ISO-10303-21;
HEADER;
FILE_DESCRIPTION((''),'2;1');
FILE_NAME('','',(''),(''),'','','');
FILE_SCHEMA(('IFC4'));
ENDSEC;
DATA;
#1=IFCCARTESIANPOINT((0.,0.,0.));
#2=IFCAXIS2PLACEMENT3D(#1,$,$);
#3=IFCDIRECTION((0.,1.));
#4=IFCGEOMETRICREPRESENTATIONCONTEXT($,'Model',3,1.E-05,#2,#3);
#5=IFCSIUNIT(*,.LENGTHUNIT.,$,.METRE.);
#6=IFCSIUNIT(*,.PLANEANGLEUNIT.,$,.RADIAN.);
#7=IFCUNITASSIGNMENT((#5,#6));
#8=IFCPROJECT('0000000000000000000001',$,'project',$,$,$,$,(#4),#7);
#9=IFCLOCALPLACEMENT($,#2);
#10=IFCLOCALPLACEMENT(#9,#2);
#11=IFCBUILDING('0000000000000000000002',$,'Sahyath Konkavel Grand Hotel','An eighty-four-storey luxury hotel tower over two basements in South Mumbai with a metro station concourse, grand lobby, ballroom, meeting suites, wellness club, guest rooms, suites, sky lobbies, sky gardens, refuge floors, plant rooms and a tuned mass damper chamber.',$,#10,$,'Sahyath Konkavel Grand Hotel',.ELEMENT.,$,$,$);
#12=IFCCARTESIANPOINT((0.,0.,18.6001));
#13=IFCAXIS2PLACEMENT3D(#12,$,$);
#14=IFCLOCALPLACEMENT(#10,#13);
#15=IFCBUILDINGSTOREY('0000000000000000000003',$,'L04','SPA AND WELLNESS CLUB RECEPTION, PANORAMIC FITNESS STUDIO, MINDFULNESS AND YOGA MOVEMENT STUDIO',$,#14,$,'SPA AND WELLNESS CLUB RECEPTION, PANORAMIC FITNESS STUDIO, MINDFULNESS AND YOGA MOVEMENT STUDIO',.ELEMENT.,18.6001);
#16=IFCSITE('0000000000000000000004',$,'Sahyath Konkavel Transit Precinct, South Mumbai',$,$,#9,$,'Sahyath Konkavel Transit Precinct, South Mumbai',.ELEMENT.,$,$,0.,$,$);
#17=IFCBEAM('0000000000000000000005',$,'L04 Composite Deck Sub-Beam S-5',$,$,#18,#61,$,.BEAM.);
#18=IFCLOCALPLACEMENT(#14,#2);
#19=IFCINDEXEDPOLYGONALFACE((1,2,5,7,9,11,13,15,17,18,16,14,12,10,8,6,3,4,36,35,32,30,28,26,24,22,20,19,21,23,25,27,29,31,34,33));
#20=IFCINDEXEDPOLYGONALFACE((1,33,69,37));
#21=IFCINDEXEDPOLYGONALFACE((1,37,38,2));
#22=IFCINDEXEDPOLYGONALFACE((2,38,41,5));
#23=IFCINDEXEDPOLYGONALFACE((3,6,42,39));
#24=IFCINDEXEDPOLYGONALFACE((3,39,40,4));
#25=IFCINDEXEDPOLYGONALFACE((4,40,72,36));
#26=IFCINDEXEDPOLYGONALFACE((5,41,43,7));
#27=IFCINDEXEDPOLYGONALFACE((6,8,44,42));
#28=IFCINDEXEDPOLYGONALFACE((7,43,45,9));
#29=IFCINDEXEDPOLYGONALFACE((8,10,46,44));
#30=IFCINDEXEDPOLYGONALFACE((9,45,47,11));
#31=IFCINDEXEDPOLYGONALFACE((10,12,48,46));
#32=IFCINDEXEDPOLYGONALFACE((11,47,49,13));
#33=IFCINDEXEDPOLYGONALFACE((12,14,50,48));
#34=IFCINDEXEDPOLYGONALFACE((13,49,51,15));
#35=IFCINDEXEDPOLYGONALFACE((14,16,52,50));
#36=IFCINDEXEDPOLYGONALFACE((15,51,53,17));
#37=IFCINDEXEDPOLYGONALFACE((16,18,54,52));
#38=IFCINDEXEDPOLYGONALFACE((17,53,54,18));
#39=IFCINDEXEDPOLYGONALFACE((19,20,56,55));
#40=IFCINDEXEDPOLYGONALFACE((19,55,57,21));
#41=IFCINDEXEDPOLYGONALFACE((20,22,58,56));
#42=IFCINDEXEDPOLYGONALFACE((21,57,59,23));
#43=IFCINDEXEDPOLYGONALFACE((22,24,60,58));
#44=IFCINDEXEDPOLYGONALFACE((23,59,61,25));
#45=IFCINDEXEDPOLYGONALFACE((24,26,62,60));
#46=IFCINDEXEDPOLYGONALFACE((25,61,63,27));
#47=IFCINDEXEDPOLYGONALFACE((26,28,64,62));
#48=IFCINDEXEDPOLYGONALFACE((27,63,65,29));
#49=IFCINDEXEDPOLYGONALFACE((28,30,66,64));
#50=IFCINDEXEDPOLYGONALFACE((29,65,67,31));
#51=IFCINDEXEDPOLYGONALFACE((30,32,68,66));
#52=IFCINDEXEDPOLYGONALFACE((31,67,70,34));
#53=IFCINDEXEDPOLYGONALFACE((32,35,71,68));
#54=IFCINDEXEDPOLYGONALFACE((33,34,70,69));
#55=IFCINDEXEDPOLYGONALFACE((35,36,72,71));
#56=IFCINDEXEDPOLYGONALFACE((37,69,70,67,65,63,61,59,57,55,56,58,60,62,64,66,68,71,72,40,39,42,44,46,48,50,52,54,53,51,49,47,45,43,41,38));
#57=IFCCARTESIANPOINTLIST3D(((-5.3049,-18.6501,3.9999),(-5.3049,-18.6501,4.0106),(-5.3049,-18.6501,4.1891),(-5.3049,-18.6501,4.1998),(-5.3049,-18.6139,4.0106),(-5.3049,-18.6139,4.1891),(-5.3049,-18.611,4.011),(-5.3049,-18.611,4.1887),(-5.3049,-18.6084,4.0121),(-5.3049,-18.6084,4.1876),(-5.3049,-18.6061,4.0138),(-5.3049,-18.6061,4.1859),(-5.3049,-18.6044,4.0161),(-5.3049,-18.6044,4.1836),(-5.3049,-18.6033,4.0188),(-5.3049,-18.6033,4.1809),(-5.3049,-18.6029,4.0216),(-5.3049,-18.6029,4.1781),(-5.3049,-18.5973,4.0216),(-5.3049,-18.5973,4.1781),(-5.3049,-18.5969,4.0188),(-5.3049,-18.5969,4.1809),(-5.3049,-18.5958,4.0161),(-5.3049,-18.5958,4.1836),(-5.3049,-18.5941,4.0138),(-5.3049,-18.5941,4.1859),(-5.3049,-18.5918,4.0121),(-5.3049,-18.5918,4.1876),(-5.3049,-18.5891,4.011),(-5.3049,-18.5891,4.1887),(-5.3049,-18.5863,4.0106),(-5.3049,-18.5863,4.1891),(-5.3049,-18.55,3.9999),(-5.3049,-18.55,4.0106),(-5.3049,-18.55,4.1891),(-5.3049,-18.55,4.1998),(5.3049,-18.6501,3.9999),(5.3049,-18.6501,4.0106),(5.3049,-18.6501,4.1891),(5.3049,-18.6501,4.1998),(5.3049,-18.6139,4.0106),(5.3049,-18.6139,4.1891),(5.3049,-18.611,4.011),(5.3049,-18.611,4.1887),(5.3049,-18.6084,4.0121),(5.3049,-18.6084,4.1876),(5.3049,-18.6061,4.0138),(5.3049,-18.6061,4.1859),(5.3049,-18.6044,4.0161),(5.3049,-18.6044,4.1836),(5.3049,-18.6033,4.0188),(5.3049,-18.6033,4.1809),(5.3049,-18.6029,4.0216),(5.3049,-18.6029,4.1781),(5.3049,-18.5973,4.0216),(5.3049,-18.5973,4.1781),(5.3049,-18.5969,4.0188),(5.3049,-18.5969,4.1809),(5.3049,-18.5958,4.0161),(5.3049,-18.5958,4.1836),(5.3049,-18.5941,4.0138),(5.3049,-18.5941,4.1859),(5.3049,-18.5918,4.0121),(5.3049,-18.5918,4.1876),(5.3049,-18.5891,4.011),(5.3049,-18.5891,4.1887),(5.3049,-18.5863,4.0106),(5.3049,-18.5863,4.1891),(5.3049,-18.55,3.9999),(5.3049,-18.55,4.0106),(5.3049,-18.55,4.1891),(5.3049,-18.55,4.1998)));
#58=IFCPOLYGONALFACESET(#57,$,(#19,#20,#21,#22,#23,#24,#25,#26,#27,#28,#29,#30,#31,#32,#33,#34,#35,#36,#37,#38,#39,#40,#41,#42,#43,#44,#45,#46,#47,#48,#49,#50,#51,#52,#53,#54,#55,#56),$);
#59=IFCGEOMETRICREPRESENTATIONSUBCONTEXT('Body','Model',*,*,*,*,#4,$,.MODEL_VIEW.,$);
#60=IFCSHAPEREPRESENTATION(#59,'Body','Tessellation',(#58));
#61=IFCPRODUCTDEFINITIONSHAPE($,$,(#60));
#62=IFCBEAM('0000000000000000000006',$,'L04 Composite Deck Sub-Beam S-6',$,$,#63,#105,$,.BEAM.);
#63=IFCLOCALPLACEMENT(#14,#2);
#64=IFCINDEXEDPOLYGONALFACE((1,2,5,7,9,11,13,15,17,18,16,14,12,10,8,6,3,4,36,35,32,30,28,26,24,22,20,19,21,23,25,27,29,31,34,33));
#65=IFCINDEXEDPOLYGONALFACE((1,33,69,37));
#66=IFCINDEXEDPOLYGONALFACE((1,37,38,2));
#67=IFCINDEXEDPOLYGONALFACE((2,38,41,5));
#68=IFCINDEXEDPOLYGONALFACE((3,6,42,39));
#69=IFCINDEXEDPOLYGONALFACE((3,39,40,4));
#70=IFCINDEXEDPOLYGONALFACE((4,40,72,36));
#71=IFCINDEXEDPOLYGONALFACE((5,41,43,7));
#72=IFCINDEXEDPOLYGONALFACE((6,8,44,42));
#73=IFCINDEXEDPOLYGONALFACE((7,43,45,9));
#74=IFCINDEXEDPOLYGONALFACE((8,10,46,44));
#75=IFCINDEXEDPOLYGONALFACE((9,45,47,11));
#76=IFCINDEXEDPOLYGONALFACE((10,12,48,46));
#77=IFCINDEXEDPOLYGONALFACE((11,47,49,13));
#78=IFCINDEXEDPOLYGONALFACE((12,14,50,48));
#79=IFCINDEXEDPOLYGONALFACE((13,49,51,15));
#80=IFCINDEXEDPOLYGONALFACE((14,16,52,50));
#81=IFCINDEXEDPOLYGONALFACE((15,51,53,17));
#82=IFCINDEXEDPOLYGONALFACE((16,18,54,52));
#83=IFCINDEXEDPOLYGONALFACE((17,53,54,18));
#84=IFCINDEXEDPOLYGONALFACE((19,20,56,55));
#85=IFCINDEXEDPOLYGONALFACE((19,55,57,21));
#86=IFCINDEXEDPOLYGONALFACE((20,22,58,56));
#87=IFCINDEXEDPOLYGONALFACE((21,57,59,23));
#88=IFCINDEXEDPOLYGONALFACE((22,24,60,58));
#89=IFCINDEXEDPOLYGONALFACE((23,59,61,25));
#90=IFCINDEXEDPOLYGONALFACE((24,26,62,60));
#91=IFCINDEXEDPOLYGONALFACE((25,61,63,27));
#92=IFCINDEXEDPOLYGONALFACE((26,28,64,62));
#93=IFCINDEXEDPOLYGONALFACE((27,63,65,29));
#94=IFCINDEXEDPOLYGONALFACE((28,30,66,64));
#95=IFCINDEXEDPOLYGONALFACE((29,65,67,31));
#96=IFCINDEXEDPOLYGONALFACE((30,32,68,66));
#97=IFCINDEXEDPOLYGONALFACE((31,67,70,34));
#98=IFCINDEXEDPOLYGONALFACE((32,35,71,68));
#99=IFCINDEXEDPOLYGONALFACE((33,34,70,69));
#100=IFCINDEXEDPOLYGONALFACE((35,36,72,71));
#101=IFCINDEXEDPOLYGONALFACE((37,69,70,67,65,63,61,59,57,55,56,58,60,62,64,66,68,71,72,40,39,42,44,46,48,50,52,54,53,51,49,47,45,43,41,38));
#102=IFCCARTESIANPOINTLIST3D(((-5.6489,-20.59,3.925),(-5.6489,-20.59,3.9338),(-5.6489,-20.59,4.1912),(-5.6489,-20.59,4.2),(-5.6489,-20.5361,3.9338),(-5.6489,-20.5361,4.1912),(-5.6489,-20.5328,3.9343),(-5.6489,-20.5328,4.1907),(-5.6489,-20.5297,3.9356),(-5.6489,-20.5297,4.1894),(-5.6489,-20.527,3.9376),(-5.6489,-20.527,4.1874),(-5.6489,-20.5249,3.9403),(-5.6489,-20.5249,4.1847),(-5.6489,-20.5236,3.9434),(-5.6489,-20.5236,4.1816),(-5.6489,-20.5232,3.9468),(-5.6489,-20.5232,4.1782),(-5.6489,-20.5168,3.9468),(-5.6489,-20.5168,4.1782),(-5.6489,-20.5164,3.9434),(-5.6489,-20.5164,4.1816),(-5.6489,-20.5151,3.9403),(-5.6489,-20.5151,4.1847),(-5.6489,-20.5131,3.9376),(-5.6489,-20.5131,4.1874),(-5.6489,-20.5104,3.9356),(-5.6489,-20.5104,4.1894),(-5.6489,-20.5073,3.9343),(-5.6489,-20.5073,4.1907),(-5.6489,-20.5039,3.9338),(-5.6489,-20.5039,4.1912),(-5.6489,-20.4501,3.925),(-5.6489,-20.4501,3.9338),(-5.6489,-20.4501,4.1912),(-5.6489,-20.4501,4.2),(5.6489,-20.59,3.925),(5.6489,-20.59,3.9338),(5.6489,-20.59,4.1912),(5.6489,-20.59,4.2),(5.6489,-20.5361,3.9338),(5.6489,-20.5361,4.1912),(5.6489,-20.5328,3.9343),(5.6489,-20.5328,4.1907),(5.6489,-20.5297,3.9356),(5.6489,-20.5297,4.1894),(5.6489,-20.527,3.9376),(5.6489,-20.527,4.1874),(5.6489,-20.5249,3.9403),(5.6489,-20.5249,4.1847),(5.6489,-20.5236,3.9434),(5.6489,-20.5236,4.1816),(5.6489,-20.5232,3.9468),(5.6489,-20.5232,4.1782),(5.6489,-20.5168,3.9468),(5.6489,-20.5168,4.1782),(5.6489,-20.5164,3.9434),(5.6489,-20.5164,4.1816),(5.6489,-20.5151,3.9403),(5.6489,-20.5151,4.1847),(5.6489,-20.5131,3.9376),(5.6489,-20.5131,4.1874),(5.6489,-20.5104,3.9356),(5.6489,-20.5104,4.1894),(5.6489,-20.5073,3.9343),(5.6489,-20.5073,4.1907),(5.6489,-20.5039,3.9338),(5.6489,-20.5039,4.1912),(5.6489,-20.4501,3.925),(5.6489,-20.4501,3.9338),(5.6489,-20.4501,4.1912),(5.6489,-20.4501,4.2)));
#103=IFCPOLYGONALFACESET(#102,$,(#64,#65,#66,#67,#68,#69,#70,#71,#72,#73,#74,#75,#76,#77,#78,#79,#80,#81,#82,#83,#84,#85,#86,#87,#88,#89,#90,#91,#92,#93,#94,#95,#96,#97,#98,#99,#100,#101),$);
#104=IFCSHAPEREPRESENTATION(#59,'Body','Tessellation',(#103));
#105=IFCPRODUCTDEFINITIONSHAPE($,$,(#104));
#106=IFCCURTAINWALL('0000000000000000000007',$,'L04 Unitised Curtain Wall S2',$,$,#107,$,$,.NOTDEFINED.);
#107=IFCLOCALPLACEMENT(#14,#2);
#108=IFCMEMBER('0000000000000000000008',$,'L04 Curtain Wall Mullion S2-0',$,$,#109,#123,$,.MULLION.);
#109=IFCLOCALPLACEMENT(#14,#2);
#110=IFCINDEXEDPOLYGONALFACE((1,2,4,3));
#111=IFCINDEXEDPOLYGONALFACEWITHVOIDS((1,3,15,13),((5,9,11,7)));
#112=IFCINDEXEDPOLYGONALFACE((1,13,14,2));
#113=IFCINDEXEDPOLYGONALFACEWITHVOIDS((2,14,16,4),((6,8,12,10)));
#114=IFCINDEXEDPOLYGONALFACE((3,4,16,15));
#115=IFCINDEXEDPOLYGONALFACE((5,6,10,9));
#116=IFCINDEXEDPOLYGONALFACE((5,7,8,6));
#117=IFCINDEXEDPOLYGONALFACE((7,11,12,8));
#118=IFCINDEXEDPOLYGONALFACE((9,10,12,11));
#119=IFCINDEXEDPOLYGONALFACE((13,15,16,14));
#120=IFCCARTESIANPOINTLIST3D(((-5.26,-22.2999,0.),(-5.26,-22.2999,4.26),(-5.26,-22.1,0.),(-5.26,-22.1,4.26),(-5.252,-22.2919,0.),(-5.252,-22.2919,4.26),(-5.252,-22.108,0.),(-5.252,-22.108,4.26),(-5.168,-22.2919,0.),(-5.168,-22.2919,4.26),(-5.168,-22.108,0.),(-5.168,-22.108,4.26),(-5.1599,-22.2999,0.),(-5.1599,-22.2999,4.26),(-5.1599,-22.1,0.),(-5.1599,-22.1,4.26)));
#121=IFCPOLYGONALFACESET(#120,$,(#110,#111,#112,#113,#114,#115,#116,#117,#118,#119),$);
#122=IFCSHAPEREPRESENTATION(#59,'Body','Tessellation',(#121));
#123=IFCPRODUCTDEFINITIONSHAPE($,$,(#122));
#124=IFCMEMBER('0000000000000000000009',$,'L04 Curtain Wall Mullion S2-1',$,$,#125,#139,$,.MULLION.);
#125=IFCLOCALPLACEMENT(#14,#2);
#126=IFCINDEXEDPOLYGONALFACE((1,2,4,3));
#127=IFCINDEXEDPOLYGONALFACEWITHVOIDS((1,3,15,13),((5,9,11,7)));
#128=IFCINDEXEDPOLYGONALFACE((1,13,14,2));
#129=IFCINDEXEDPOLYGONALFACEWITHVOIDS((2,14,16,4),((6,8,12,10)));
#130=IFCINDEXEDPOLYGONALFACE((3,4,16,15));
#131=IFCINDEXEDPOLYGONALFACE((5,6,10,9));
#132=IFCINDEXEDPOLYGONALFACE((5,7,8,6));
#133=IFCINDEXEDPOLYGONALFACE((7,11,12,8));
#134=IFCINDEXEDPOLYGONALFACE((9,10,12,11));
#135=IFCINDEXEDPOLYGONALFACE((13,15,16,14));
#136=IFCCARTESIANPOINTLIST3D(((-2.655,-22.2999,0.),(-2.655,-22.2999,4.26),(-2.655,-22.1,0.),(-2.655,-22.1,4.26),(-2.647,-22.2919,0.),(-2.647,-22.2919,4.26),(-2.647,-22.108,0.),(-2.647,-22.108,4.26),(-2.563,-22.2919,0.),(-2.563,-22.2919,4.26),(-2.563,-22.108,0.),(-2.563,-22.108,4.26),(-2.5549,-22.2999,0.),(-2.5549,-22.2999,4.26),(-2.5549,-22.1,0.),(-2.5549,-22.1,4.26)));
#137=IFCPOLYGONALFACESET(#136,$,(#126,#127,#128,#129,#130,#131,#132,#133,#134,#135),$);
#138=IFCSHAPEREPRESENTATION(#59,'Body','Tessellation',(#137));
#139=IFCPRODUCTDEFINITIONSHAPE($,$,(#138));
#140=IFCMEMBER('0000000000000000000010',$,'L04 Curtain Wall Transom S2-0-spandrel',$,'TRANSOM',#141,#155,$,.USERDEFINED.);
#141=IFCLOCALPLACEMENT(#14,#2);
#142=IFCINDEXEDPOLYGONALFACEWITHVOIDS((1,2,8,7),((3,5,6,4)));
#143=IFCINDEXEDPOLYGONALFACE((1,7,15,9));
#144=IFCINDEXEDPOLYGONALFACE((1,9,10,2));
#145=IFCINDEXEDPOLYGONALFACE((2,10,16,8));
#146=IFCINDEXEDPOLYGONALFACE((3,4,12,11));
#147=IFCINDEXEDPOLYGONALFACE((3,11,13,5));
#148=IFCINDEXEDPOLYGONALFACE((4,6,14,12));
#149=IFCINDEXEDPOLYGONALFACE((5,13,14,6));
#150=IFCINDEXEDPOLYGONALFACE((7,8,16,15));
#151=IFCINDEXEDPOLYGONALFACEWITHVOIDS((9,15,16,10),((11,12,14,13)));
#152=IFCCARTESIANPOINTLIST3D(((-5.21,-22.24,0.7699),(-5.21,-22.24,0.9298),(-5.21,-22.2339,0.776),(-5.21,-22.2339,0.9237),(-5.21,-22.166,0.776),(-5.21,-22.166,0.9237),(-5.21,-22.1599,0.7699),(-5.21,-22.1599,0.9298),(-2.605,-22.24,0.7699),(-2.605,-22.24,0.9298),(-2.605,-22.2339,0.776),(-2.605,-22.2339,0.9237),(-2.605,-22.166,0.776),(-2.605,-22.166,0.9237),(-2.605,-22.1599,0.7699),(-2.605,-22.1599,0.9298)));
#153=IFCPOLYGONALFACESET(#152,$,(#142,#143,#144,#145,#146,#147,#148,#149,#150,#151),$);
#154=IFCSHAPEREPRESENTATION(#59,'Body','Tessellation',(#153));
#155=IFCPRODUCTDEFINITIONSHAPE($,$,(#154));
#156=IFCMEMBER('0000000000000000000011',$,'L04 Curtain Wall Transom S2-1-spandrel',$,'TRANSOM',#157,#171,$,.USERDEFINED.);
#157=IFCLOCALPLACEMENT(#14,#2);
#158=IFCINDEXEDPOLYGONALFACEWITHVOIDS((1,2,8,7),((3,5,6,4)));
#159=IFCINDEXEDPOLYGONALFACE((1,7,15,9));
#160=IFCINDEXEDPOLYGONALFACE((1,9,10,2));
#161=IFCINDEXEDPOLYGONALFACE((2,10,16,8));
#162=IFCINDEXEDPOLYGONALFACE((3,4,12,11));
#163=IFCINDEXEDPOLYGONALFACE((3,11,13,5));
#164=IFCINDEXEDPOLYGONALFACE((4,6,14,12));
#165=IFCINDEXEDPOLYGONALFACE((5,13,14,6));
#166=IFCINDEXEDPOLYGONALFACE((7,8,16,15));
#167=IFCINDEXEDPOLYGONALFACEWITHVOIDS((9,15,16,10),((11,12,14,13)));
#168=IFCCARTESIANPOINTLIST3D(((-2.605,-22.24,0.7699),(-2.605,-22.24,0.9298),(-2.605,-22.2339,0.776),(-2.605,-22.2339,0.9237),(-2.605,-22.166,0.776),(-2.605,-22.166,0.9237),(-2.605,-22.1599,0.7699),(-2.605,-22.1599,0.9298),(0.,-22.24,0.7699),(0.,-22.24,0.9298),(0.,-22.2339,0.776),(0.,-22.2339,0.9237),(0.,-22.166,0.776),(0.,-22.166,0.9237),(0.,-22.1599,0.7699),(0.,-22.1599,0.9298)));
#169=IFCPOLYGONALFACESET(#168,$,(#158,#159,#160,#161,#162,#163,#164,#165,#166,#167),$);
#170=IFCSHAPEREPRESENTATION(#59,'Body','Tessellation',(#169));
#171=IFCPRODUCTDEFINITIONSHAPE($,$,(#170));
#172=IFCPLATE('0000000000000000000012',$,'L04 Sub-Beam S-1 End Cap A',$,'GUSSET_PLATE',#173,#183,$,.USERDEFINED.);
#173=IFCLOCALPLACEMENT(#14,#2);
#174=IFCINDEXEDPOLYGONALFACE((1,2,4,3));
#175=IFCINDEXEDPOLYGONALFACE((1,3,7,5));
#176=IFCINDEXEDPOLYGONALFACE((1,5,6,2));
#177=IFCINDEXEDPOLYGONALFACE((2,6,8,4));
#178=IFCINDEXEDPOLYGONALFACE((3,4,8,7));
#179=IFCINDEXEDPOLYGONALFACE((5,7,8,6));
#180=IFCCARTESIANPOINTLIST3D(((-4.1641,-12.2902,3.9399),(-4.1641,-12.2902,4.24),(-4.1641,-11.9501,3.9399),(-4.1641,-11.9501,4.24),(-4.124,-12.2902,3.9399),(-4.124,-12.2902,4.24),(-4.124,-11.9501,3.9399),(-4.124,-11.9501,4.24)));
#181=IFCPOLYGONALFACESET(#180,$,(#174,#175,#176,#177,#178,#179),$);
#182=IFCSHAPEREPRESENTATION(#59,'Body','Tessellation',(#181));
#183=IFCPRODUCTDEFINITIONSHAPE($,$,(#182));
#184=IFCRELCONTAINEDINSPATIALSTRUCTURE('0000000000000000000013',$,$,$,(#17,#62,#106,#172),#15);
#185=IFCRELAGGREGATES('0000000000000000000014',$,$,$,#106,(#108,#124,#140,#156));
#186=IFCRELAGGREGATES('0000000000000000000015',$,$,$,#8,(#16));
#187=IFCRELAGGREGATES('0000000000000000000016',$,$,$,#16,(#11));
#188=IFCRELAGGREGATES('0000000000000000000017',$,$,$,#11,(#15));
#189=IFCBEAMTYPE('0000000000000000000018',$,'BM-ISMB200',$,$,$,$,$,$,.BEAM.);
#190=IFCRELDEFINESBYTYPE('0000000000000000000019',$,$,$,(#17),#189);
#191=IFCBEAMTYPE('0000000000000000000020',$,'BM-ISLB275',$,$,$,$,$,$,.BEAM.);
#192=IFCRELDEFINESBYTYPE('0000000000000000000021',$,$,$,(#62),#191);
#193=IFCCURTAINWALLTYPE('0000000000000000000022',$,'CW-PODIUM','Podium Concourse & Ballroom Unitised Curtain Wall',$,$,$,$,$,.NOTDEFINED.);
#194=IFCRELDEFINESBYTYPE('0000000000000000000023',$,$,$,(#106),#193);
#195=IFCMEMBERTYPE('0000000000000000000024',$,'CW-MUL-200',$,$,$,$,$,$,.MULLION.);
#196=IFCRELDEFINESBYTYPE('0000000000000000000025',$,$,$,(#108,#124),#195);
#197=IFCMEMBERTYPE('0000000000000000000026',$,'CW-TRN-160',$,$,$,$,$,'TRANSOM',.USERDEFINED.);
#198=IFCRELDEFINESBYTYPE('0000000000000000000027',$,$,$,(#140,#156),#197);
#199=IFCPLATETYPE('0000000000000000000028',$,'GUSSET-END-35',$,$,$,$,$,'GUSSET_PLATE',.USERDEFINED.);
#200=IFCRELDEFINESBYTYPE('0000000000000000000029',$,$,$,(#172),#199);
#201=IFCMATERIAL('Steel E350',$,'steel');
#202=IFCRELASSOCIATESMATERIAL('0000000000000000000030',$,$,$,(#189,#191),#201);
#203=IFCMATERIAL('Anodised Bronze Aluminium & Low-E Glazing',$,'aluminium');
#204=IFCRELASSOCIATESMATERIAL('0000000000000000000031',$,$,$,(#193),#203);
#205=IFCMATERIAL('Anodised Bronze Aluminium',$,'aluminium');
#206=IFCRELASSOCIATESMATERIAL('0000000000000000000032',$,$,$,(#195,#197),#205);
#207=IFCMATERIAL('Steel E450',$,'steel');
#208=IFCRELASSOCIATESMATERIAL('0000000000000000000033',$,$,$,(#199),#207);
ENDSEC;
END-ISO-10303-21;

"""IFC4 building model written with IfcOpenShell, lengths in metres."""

from ifc_helpers import new_model, si_unit, direction, frame, origin, origin_2d, place, context, subcontext, project, spatial, rectangle, hollow_rectangle, i_section, extrude, source, transform, mapped, material, material_profile, profile_set, type_object, element, aggregate, save


model = new_model("IFC4")

# Units and contexts
model_context = context("Model", 3, precision=1e-05, world=origin(), true_north=direction((0.0, 1.0)))
body_context = subcontext(model_context, "Body", "Model", "MODEL_VIEW")
ifc_project = project(units=[si_unit("LENGTHUNIT", "METRE"), si_unit("PLANEANGLEUNIT", "RADIAN")], contexts=[model_context])

# Site, building, storey
site_placement = place(None, origin())
site = spatial("IfcSite", under=ifc_project, at=site_placement, Name="Sahyath Konkavel Transit Precinct, South Mumbai", LongName="Sahyath Konkavel Transit Precinct, South Mumbai", CompositionType="ELEMENT", RefElevation=0.0)
building_placement = place(site_placement, origin())
building = spatial("IfcBuilding", under=site, at=building_placement, Name="Sahyath Konkavel Grand Hotel", Description="An eighty-four-storey luxury hotel tower over two basements in South Mumbai with a metro station concourse, grand lobby, ballroom, meeting suites, wellness club, guest rooms, suites, sky lobbies, sky gardens, refuge floors, plant rooms and a tuned mass damper chamber.", LongName="Sahyath Konkavel Grand Hotel", CompositionType="ELEMENT")
storey_placement = place(building_placement, frame((0.0, 0.0, 18.6001)))
storey = spatial("IfcBuildingStorey", under=building, at=storey_placement, Name="L04", Description="SPA AND WELLNESS CLUB RECEPTION, PANORAMIC FITNESS STUDIO, MINDFULNESS AND YOGA MOVEMENT STUDIO", LongName="SPA AND WELLNESS CLUB RECEPTION, PANORAMIC FITNESS STUDIO, MINDFULNESS AND YOGA MOVEMENT STUDIO", CompositionType="ELEMENT", Elevation=18.6001)

# Beams
ifc_material_1 = material(Name="Steel E350", Category="steel")
ifc_material_profile_1 = material_profile(ifc_material_1, i_section(OverallWidth=0.1001, OverallDepth=0.2, WebThickness=0.0056, FlangeThickness=0.0107, FilletRadius=0.011, at=origin_2d()), Name="ISMB 200")
ifc_profile_set_1 = profile_set([ifc_material_profile_1], Name="Steel E350")
beam_type_1 = type_object("IfcBeamType", Name="BM-ISMB200", PredefinedType="BEAM", material=ifc_profile_set_1)
shared_shape_1 = source(origin(), body_context, "Body", "SweptSolid", [
    extrude(i_section(OverallWidth=0.1001, OverallDepth=0.2, WebThickness=0.0056, FlangeThickness=0.0107, FilletRadius=0.011, at=origin_2d()), origin(), (0.0, 0.0, 1.0), 10.6099),
])
beam_1_placement = place(storey_placement, frame((-5.3049, -18.6001, 4.0999), z_axis=(1.0, 0.0, 0.0), x_axis=(0.0, 1.0, 0.0)))
element("IfcBeam", 1, at=beam_1_placement, inside=storey, type_object=beam_type_1, Name="L04 Composite Deck Sub-Beam S-5", PredefinedType="BEAM", context=body_context, shape_type="MappedRepresentation", body=[
    mapped(shared_shape_1, transform((0.0, 0.0, 0.0), scale=1.0)),
])
ifc_material_profile_2 = material_profile(ifc_material_1, i_section(OverallWidth=0.1399, OverallDepth=0.2749, WebThickness=0.0063, FlangeThickness=0.0088, FilletRadius=0.0129, at=origin_2d()), Name="ISLB 275")
ifc_profile_set_2 = profile_set([ifc_material_profile_2], Name="Steel E350")
beam_type_2 = type_object("IfcBeamType", Name="BM-ISLB275", PredefinedType="BEAM", material=ifc_profile_set_2)
shared_shape_2 = source(origin(), body_context, "Body", "SweptSolid", [
    extrude(i_section(OverallWidth=0.1399, OverallDepth=0.2749, WebThickness=0.0063, FlangeThickness=0.0088, FilletRadius=0.0129, at=origin_2d()), origin(), (0.0, 0.0, 1.0), 11.2979),
])
beam_2_placement = place(storey_placement, frame((-5.6489, -20.52, 4.0625), z_axis=(1.0, 0.0, 0.0), x_axis=(0.0, 1.0, 0.0)))
element("IfcBeam", 2, at=beam_2_placement, inside=storey, type_object=beam_type_2, Name="L04 Composite Deck Sub-Beam S-6", PredefinedType="BEAM", context=body_context, shape_type="MappedRepresentation", body=[
    mapped(shared_shape_2, transform((0.0, 0.0, 0.0), scale=1.0)),
])

# Curtain wall, members
ifc_material_2 = material(Name="Anodised Bronze Aluminium & Low-E Glazing", Category="aluminium")
curtain_wall_type = type_object("IfcCurtainWallType", Name="CW-PODIUM", Description="Podium Concourse & Ballroom Unitised Curtain Wall", PredefinedType="NOTDEFINED", material=ifc_material_2)
curtain_wall_placement = place(storey_placement, origin())
curtain_wall = element("IfcCurtainWall", 3, at=curtain_wall_placement, inside=storey, type_object=curtain_wall_type, Name="L04 Unitised Curtain Wall S2", PredefinedType="NOTDEFINED")
ifc_material_3 = material(Name="Anodised Bronze Aluminium", Category="aluminium")
ifc_material_profile_3 = material_profile(ifc_material_3, hollow_rectangle(XDim=0.1001, YDim=0.2, WallThickness=0.0081, at=origin_2d()), Name="RHS 200x100x8")
ifc_profile_set_3 = profile_set([ifc_material_profile_3], Name="Anodised Bronze Aluminium")
member_type_1 = type_object("IfcMemberType", Name="CW-MUL-200", PredefinedType="MULLION", material=ifc_profile_set_3)
shared_shape_3 = source(origin(), body_context, "Body", "SweptSolid", [
    extrude(hollow_rectangle(XDim=0.1001, YDim=0.2, WallThickness=0.0081, at=origin_2d()), origin(), (0.0, 0.0, 1.0), 4.26),
])
member_1_placement = place(storey_placement, frame((-5.21, -22.2, 0.0), z_axis=(0.0, 0.0, 1.0), x_axis=(1.0, 0.0, 0.0)))
member_1 = element("IfcMember", 4, at=member_1_placement, type_object=member_type_1, Name="L04 Curtain Wall Mullion S2-0", PredefinedType="MULLION", context=body_context, shape_type="MappedRepresentation", body=[
    mapped(shared_shape_3, transform((0.0, 0.0, 0.0), scale=1.0)),
])
member_2_placement = place(storey_placement, frame((-2.605, -22.2, 0.0), z_axis=(0.0, 0.0, 1.0), x_axis=(1.0, 0.0, 0.0)))
member_2 = element("IfcMember", 5, at=member_2_placement, type_object=member_type_1, Name="L04 Curtain Wall Mullion S2-1", PredefinedType="MULLION", context=body_context, shape_type="MappedRepresentation", body=[
    mapped(shared_shape_3, transform((0.0, 0.0, 0.0), scale=1.0)),
])
ifc_material_profile_4 = material_profile(ifc_material_3, hollow_rectangle(XDim=0.0801, YDim=0.1599, WallThickness=0.0061, at=origin_2d()), Name="RHS 160x80x6")
ifc_profile_set_4 = profile_set([ifc_material_profile_4], Name="Anodised Bronze Aluminium")
member_type_2 = type_object("IfcMemberType", Name="CW-TRN-160", ElementType="TRANSOM", PredefinedType="USERDEFINED", material=ifc_profile_set_4)
shared_shape_4 = source(origin(), body_context, "Body", "SweptSolid", [
    extrude(hollow_rectangle(XDim=0.0801, YDim=0.1599, WallThickness=0.0061, at=origin_2d()), origin(), (0.0, 0.0, 1.0), 2.605),
])
member_3_placement = place(storey_placement, frame((-5.21, -22.2, 0.8499), z_axis=(1.0, 0.0, 0.0), x_axis=(0.0, 1.0, 0.0)))
member_3 = element("IfcMember", 6, at=member_3_placement, type_object=member_type_2, Name="L04 Curtain Wall Transom S2-0-spandrel", ObjectType="TRANSOM", PredefinedType="USERDEFINED", context=body_context, shape_type="MappedRepresentation", body=[
    mapped(shared_shape_4, transform((0.0, 0.0, 0.0), scale=1.0)),
])
member_4_placement = place(storey_placement, frame((-2.605, -22.2, 0.8499), z_axis=(1.0, 0.0, 0.0), x_axis=(0.0, 1.0, 0.0)))
member_4 = element("IfcMember", 7, at=member_4_placement, type_object=member_type_2, Name="L04 Curtain Wall Transom S2-1-spandrel", ObjectType="TRANSOM", PredefinedType="USERDEFINED", context=body_context, shape_type="MappedRepresentation", body=[
    mapped(shared_shape_4, transform((0.0, 0.0, 0.0), scale=1.0)),
])

# Plate
ifc_material_4 = material(Name="Steel E450", Category="steel")
plate_type_1 = type_object("IfcPlateType", Name="GUSSET-END-35", ElementType="GUSSET_PLATE", PredefinedType="USERDEFINED", material=ifc_material_4)
shared_shape_5 = source(origin(), body_context, "Body", "SweptSolid", [
    extrude(rectangle(XDim=0.04, YDim=0.3401, at=origin_2d()), origin(), (0.0, 0.0, 1.0), 0.3),
])
plate_1_placement = place(storey_placement, frame((-4.144, -12.1201, 3.9399), z_axis=(0.0, 0.0, 1.0), x_axis=(1.0, 0.0, 0.0)))
element("IfcPlate", 8, at=plate_1_placement, inside=storey, type_object=plate_type_1, Name="L04 Sub-Beam S-1 End Cap A", ObjectType="GUSSET_PLATE", PredefinedType="USERDEFINED", context=body_context, shape_type="MappedRepresentation", body=[
    mapped(shared_shape_5, transform((0.0, 0.0, 0.0), scale=1.0)),
])
aggregate(curtain_wall, [member_1, member_2, member_3, member_4])

save(model, "model.ifc")
